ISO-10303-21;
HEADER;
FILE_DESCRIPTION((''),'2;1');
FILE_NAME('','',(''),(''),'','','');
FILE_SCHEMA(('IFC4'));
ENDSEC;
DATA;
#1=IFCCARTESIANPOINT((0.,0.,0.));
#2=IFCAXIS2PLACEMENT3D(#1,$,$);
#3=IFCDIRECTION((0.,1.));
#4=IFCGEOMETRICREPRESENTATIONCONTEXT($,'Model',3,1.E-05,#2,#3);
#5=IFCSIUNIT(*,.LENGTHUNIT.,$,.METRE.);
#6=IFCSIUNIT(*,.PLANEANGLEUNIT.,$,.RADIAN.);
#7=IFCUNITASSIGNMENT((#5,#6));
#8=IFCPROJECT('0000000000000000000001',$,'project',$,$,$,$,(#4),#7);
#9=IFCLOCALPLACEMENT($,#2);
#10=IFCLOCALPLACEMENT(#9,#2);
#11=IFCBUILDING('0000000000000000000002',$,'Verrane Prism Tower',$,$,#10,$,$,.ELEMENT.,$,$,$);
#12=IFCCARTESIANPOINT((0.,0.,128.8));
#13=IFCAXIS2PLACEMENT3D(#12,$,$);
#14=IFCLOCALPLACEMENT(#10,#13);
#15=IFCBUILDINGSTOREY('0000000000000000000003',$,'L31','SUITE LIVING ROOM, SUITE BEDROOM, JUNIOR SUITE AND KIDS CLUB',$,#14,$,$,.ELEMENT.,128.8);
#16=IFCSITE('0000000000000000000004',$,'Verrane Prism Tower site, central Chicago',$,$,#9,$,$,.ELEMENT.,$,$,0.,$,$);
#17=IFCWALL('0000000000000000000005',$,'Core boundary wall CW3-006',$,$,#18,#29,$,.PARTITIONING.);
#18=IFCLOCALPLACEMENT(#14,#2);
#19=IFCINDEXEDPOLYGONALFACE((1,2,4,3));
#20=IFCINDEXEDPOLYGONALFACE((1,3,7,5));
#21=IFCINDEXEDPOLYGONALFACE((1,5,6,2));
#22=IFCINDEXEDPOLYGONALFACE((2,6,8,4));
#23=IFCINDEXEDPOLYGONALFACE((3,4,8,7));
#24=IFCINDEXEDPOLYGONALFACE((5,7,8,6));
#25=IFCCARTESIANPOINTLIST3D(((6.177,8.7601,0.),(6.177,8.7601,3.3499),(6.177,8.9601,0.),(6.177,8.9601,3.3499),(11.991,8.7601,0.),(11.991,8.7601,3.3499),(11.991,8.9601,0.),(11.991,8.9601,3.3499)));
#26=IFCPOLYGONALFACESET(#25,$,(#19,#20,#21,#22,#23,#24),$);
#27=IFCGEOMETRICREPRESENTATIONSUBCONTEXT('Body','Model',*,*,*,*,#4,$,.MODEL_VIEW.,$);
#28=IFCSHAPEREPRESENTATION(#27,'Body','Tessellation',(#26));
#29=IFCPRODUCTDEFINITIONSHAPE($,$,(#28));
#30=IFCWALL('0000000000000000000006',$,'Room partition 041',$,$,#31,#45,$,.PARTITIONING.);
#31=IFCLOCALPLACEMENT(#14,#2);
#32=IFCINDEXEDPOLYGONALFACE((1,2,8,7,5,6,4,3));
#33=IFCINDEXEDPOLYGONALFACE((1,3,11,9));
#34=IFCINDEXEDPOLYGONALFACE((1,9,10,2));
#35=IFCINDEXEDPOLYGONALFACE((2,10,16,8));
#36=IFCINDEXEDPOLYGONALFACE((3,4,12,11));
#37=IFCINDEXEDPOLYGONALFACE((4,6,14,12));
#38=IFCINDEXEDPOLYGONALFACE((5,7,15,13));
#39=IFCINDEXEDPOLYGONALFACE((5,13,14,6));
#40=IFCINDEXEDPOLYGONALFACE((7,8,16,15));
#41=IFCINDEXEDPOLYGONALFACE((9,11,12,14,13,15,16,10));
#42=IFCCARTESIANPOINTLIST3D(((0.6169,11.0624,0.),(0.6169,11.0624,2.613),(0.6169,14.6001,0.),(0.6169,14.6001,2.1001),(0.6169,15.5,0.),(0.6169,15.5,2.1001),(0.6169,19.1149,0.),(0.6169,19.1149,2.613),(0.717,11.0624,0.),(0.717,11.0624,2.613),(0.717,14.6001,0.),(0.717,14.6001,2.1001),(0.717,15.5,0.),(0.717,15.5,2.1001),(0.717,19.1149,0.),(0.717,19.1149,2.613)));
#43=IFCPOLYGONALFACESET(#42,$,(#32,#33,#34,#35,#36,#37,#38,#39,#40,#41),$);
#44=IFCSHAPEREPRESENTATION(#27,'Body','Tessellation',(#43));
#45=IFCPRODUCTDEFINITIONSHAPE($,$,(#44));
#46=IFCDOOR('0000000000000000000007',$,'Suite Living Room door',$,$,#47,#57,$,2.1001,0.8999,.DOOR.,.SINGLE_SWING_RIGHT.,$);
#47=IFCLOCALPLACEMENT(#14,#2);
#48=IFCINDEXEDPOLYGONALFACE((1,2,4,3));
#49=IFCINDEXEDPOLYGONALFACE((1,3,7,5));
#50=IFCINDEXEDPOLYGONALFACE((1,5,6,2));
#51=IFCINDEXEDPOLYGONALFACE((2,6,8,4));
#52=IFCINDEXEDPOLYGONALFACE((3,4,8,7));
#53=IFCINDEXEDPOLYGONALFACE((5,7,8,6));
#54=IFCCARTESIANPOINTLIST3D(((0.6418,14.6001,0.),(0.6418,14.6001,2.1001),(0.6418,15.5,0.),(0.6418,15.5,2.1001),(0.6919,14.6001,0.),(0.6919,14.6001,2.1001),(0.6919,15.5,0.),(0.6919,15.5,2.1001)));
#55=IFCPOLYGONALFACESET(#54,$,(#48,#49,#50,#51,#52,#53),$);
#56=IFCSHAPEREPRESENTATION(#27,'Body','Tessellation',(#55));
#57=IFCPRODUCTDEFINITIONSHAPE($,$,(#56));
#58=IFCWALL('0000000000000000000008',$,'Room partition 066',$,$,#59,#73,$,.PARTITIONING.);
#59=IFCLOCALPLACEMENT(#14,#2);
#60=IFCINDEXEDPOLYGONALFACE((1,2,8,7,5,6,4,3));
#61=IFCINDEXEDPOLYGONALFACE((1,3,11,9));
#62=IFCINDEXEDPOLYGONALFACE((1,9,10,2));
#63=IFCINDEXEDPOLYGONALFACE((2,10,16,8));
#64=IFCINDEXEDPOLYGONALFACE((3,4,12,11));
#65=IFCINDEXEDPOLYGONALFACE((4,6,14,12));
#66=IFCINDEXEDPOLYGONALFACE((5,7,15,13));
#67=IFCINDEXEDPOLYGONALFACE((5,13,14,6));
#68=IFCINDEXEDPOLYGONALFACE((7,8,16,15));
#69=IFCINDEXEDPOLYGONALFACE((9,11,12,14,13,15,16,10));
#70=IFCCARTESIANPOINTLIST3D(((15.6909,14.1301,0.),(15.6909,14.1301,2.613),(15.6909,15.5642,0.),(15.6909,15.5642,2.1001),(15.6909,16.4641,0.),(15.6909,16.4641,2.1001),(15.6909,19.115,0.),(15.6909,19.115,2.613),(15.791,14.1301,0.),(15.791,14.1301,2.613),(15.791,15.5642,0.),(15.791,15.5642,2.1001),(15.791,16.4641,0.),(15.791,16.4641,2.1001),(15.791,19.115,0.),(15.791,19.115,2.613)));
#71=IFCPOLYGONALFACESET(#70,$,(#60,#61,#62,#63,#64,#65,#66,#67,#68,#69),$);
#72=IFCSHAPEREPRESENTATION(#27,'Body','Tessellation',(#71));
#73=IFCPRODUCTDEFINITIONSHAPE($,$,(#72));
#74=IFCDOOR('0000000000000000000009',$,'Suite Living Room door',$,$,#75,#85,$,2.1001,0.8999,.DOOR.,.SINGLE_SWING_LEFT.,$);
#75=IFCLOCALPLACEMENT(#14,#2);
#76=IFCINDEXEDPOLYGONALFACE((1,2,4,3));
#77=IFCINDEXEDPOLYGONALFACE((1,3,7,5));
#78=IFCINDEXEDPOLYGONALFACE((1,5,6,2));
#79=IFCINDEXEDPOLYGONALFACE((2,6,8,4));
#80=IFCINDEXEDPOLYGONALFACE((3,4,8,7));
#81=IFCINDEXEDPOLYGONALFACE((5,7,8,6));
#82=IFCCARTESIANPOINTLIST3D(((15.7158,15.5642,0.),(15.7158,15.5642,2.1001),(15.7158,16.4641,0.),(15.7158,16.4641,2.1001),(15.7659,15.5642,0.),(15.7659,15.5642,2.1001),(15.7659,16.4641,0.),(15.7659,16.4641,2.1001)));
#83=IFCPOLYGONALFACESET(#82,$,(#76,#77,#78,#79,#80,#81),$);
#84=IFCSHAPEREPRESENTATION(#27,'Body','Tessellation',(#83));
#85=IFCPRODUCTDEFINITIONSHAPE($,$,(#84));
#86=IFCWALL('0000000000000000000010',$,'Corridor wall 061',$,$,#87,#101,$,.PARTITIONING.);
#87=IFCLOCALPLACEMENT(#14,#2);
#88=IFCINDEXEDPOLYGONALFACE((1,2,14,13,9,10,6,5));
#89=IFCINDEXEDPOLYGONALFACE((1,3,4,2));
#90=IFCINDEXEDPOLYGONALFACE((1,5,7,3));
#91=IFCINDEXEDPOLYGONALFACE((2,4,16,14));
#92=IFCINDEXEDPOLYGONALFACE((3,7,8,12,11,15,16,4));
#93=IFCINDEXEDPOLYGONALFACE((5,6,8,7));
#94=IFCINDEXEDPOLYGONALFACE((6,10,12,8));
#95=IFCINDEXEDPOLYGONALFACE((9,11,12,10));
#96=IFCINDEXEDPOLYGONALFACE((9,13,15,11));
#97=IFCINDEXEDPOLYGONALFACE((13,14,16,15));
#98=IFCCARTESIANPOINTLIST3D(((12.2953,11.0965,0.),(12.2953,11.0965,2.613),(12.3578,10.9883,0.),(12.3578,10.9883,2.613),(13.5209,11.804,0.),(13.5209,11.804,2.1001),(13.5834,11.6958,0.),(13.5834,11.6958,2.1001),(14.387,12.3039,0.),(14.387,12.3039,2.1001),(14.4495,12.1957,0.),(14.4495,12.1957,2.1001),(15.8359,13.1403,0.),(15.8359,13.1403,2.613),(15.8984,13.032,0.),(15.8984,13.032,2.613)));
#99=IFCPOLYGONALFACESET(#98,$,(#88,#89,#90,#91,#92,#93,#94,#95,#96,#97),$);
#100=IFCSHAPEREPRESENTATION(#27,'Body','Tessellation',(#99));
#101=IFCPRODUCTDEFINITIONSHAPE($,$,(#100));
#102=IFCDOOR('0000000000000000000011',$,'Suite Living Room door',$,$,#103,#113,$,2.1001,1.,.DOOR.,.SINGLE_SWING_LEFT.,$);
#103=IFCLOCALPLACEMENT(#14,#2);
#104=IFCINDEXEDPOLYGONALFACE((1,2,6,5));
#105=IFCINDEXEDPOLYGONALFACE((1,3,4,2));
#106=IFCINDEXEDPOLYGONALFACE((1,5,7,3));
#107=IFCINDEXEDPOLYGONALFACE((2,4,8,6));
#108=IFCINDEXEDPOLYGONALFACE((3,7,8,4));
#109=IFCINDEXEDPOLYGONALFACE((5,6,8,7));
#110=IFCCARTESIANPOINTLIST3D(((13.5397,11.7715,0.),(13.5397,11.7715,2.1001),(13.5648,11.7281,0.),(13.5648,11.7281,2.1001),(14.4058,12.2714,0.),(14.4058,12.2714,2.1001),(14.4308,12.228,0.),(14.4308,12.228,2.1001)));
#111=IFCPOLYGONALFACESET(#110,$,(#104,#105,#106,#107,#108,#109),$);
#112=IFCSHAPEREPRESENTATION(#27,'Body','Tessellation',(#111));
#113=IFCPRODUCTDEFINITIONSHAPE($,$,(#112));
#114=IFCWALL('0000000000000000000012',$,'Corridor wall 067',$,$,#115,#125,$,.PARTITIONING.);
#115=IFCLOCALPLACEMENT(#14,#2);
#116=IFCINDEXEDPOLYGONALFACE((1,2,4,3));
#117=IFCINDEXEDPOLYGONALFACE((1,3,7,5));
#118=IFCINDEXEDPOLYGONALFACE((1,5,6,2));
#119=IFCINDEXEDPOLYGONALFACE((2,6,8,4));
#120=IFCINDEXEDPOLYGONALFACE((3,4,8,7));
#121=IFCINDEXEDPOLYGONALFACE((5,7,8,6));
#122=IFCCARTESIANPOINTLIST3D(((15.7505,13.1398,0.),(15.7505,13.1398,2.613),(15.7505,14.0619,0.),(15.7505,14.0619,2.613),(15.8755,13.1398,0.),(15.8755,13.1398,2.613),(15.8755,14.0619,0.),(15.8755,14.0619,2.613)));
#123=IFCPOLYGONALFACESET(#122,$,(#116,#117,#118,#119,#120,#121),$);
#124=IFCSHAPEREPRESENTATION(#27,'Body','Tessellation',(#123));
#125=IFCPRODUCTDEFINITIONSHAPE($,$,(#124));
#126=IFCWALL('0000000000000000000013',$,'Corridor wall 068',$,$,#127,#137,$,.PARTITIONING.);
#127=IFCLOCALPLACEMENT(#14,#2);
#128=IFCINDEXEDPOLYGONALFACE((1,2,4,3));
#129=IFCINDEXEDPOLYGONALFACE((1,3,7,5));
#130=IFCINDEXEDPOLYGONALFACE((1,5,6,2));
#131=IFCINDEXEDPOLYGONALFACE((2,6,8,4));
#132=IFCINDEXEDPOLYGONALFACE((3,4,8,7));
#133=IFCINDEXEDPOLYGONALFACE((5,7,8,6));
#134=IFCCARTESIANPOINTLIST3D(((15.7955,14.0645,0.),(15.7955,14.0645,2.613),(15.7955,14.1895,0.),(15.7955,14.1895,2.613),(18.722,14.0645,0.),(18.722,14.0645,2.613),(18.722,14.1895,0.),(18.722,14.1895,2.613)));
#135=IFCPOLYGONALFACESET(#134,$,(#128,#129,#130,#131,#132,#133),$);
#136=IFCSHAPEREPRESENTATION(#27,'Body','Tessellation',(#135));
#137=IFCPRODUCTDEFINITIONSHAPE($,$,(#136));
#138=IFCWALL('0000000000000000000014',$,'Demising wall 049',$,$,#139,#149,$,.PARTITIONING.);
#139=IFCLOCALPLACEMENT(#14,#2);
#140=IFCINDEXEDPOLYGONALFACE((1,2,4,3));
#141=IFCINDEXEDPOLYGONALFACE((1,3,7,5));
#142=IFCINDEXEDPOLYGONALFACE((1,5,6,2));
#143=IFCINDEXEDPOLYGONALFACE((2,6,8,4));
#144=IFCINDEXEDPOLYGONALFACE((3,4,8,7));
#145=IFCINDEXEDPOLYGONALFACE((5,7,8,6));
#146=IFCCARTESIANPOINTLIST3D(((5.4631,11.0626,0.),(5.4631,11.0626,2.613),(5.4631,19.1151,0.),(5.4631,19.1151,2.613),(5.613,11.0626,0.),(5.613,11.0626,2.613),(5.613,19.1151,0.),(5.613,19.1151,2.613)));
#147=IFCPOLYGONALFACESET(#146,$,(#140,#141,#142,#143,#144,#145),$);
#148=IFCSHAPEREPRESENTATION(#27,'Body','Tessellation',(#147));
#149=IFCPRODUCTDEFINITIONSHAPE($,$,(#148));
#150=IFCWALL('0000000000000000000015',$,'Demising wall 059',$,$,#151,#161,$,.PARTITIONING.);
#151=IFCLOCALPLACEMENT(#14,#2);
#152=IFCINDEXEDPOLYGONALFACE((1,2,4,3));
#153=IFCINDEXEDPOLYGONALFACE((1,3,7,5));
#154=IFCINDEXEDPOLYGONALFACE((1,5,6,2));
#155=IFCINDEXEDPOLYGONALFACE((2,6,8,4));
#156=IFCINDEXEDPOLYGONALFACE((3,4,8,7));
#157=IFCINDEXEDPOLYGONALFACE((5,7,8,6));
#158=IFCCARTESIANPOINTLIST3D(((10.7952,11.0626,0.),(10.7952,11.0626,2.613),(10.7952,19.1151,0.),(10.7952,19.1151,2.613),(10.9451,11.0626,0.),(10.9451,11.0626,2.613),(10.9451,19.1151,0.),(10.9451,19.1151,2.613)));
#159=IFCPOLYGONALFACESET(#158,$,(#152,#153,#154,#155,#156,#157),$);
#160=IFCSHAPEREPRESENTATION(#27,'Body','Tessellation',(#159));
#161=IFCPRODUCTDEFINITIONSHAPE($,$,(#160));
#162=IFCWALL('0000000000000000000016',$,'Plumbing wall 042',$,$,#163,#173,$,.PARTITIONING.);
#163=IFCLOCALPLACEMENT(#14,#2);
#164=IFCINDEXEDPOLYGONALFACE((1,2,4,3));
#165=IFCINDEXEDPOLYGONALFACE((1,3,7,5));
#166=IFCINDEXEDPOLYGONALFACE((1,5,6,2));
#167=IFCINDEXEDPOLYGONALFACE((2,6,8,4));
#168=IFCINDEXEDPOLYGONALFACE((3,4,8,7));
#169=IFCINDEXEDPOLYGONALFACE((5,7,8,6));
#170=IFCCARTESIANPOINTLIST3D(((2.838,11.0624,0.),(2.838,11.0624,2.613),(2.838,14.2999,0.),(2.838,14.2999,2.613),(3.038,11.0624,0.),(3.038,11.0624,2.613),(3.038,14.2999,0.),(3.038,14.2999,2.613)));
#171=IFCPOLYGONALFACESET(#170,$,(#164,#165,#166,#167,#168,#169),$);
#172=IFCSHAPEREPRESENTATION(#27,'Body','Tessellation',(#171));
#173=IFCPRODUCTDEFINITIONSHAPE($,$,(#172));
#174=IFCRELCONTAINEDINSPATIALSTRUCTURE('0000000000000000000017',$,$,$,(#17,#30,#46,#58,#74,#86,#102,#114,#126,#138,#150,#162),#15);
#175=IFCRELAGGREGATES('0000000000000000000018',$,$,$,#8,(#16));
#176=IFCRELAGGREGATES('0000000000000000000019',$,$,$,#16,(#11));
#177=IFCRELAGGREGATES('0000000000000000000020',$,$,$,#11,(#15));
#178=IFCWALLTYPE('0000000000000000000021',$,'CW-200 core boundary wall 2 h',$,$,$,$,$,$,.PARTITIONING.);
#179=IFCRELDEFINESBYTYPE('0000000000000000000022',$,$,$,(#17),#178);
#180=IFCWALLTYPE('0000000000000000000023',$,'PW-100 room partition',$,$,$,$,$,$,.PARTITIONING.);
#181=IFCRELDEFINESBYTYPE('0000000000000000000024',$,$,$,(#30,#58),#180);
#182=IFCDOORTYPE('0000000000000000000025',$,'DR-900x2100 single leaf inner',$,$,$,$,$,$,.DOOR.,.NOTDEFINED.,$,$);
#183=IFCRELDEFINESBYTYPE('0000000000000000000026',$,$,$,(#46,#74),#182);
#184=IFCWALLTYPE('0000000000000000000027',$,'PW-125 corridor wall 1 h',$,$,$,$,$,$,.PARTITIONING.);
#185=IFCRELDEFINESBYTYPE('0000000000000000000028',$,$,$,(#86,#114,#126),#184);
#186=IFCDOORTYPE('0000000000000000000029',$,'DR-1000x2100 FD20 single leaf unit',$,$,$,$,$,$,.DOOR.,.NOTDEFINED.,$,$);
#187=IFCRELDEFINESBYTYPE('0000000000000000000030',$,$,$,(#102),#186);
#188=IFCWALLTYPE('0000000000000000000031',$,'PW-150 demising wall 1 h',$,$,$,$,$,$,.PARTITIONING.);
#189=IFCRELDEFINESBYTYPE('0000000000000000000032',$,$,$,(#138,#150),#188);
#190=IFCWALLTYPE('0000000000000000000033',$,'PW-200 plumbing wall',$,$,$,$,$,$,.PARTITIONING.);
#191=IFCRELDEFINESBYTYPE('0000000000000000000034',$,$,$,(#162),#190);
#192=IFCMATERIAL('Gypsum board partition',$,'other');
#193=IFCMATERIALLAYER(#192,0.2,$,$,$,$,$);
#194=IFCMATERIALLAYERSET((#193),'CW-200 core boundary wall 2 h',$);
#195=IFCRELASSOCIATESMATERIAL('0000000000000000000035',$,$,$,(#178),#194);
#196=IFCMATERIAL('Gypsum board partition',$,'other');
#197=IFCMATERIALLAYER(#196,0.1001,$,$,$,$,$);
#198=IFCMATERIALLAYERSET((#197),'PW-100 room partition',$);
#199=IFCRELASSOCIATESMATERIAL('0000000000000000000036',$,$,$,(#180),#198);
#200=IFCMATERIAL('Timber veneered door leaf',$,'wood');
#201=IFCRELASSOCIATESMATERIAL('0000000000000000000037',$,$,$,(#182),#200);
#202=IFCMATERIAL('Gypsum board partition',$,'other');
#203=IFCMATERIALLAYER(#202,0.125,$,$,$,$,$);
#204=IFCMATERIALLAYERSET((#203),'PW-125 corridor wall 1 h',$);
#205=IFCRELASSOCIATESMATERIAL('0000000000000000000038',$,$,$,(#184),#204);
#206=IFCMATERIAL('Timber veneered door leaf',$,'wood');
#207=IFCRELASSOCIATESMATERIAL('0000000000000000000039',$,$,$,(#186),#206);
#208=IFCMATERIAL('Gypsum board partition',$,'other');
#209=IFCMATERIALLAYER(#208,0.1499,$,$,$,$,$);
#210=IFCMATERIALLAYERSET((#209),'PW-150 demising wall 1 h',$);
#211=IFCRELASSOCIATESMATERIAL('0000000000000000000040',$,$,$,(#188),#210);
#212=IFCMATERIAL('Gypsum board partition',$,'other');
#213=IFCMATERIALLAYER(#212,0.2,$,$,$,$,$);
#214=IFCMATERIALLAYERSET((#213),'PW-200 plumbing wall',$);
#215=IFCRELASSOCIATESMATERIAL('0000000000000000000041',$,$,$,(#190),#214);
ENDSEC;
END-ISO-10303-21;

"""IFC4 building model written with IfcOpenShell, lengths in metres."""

from ifc_helpers import new_model, si_unit, direction, frame, frame_2d, origin, place, context, subcontext, project, spatial, rectangle, extrude, material, layer, layer_set, type_object, element, fill, save


model = new_model("IFC4")

# Units and contexts
model_context = context("Model", 3, precision=1e-05, world=origin(), true_north=direction((0.0, 1.0)))
body_context = subcontext(model_context, "Body", "Model", "MODEL_VIEW")
ifc_project = project(units=[si_unit("LENGTHUNIT", "METRE"), si_unit("PLANEANGLEUNIT", "RADIAN")], contexts=[model_context])

# Site, building, storey
site_placement = place(None, origin())
site = spatial("IfcSite", under=ifc_project, at=site_placement, Name="Verrane Prism Tower site, central Chicago", CompositionType="ELEMENT", RefElevation=0.0)
building_placement = place(site_placement, origin())
building = spatial("IfcBuilding", under=site, at=building_placement, Name="Verrane Prism Tower", CompositionType="ELEMENT")
storey_placement = place(building_placement, frame((0.0, 0.0, 128.8)))
storey = spatial("IfcBuildingStorey", under=building, at=storey_placement, Name="L31", Description="SUITE LIVING ROOM, SUITE BEDROOM, JUNIOR SUITE AND KIDS CLUB", CompositionType="ELEMENT", Elevation=128.8)

# Wall
ifc_material_1 = material(Name="Gypsum board partition", Category="other")
ifc_layer_1 = layer(ifc_material_1, 0.2)
ifc_layer_set_1 = layer_set([ifc_layer_1], Name="CW-200 core boundary wall 2 h")
wall_type_1 = type_object("IfcWallType", Name="CW-200 core boundary wall 2 h", PredefinedType="PARTITIONING", material=ifc_layer_set_1)
wall_1_placement = place(storey_placement, frame((6.177, 8.8601, 0.0), z_axis=(0.0, 0.0, 1.0), x_axis=(1.0, 0.0, 0.0)))
element("IfcWall", 1, at=wall_1_placement, inside=storey, type_object=wall_type_1, Name="Core boundary wall CW3-006", PredefinedType="PARTITIONING", context=body_context, shape_type="SweptSolid", body=[
    extrude(rectangle(XDim=5.814, YDim=0.2, at=frame_2d((2.907, 0.0))), origin(), (0.0, 0.0, 1.0), 3.3499),
])

# Walls, openings, doors
ifc_material_2 = material(Name="Gypsum board partition", Category="other")
ifc_layer_2 = layer(ifc_material_2, 0.1001)
ifc_layer_set_2 = layer_set([ifc_layer_2], Name="PW-100 room partition")
wall_type_2 = type_object("IfcWallType", Name="PW-100 room partition", PredefinedType="PARTITIONING", material=ifc_layer_set_2)
wall_2_placement = place(storey_placement, frame((0.667, 19.115, 0.0), z_axis=(0.0, 0.0, 1.0), x_axis=(0.0, -1.0, 0.0)))
wall_2 = element("IfcWall", 2, at=wall_2_placement, inside=storey, type_object=wall_type_2, Name="Room partition 041", PredefinedType="PARTITIONING", context=body_context, shape_type="SweptSolid", body=[
    extrude(rectangle(XDim=8.0525, YDim=0.1001, at=frame_2d((4.0264, 0.0))), origin(), (0.0, 0.0, 1.0), 2.613),
])
opening_1_placement = place(wall_2_placement, frame((3.615, 0.0, 0.0)))
opening_1 = element("IfcOpeningElement", 3, at=opening_1_placement, cuts=wall_2, PredefinedType="OPENING", context=body_context, shape_type="SweptSolid", body=[
    extrude(rectangle(XDim=0.8999, YDim=2.1001, at=frame_2d((0.45, 1.05))), frame((0.0, 0.0601, 0.0), z_axis=(0.0, -1.0, 0.0), x_axis=(1.0, 0.0, 0.0)), (0.0, 0.0, 1.0), 0.1201),
])
ifc_material_3 = material(Name="Timber veneered door leaf", Category="wood")
door_type_1 = type_object("IfcDoorType", Name="DR-900x2100 single leaf inner", OperationType="NOTDEFINED", PredefinedType="DOOR", material=ifc_material_3)
door_1_placement = place(opening_1_placement, origin())
door_1 = element("IfcDoor", 4, at=door_1_placement, inside=storey, type_object=door_type_1, Name="Suite Living Room door", OperationType="SINGLE_SWING_RIGHT", OverallHeight=2.1001, OverallWidth=0.8999, PredefinedType="DOOR", context=body_context, shape_type="SweptSolid", body=[
    extrude(rectangle(XDim=0.8999, YDim=2.1001, at=frame_2d((0.45, 1.05))), frame((0.0, 0.0249, 0.0), z_axis=(0.0, -1.0, 0.0), x_axis=(1.0, 0.0, 0.0)), (0.0, 0.0, 1.0), 0.05),
])
fill(opening_1, door_1)
wall_3_placement = place(storey_placement, frame((15.741, 19.115, 0.0), z_axis=(0.0, 0.0, 1.0), x_axis=(0.0, -1.0, 0.0)))
wall_3 = element("IfcWall", 5, at=wall_3_placement, inside=storey, type_object=wall_type_2, Name="Room partition 066", PredefinedType="PARTITIONING", context=body_context, shape_type="SweptSolid", body=[
    extrude(rectangle(XDim=4.9849, YDim=0.1001, at=frame_2d((2.4924, 0.0))), origin(), (0.0, 0.0, 1.0), 2.613),
])
opening_2_placement = place(wall_3_placement, frame((2.6509, 0.0, 0.0)))
opening_2 = element("IfcOpeningElement", 6, at=opening_2_placement, cuts=wall_3, PredefinedType="OPENING", context=body_context, shape_type="SweptSolid", body=[
    extrude(rectangle(XDim=0.8999, YDim=2.1001, at=frame_2d((0.45, 1.05))), frame((0.0, 0.0601, 0.0), z_axis=(0.0, -1.0, 0.0), x_axis=(1.0, 0.0, 0.0)), (0.0, 0.0, 1.0), 0.1201),
])
door_2_placement = place(opening_2_placement, origin())
door_2 = element("IfcDoor", 7, at=door_2_placement, inside=storey, type_object=door_type_1, Name="Suite Living Room door", OperationType="SINGLE_SWING_LEFT", OverallHeight=2.1001, OverallWidth=0.8999, PredefinedType="DOOR", context=body_context, shape_type="SweptSolid", body=[
    extrude(rectangle(XDim=0.8999, YDim=2.1001, at=frame_2d((0.45, 1.05))), frame((0.0, 0.0249, 0.0), z_axis=(0.0, -1.0, 0.0), x_axis=(1.0, 0.0, 0.0)), (0.0, 0.0, 1.0), 0.05),
])
fill(opening_2, door_2)
ifc_material_4 = material(Name="Gypsum board partition", Category="other")
ifc_layer_3 = layer(ifc_material_4, 0.125)
ifc_layer_set_3 = layer_set([ifc_layer_3], Name="PW-125 corridor wall 1 h")
wall_type_3 = type_object("IfcWallType", Name="PW-125 corridor wall 1 h", PredefinedType="PARTITIONING", material=ifc_layer_set_3)
wall_4_placement = place(storey_placement, frame((12.3267, 11.0425, 0.0), z_axis=(0.0, 0.0, 1.0), x_axis=(0.86607, 0.499922, 0.0)))
wall_4 = element("IfcWall", 8, at=wall_4_placement, inside=storey, type_object=wall_type_3, Name="Corridor wall 061", PredefinedType="PARTITIONING", context=body_context, shape_type="SweptSolid", body=[
    extrude(rectangle(XDim=4.0881, YDim=0.125, at=frame_2d((2.0439, 0.0))), origin(), (0.0, 0.0, 1.0), 2.613),
])
opening_3_placement = place(wall_4_placement, frame((1.415, 0.0, 0.0)))
opening_3 = element("IfcOpeningElement", 9, at=opening_3_placement, cuts=wall_4, PredefinedType="OPENING", context=body_context, shape_type="SweptSolid", body=[
    extrude(rectangle(XDim=1.0, YDim=2.1001, at=frame_2d((0.5, 1.05))), frame((0.0, 0.0725, 0.0), z_axis=(0.0, -1.0, 0.0), x_axis=(1.0, 0.0, 0.0)), (0.0, 0.0, 1.0), 0.145),
])
ifc_material_5 = material(Name="Timber veneered door leaf", Category="wood")
door_type_2 = type_object("IfcDoorType", Name="DR-1000x2100 FD20 single leaf unit", OperationType="NOTDEFINED", PredefinedType="DOOR", material=ifc_material_5)
door_3_placement = place(opening_3_placement, origin())
door_3 = element("IfcDoor", 10, at=door_3_placement, inside=storey, type_object=door_type_2, Name="Suite Living Room door", OperationType="SINGLE_SWING_LEFT", OverallHeight=2.1001, OverallWidth=1.0, PredefinedType="DOOR", context=body_context, shape_type="SweptSolid", body=[
    extrude(rectangle(XDim=1.0, YDim=2.1001, at=frame_2d((0.5, 1.05))), frame((0.0, 0.0249, 0.0), z_axis=(0.0, -1.0, 0.0), x_axis=(1.0, 0.0, 0.0)), (0.0, 0.0, 1.0), 0.05),
])
fill(opening_3, door_3)

# Walls
wall_5_placement = place(storey_placement, frame((15.813, 13.1399, 0.0), z_axis=(0.0, 0.0, 1.0), x_axis=(0.0, 1.0, 0.0)))
element("IfcWall", 11, at=wall_5_placement, inside=storey, type_object=wall_type_3, Name="Corridor wall 067", PredefinedType="PARTITIONING", context=body_context, shape_type="SweptSolid", body=[
    extrude(rectangle(XDim=0.9221, YDim=0.125, at=frame_2d((0.4609, 0.0))), origin(), (0.0, 0.0, 1.0), 2.613),
])
wall_6_placement = place(storey_placement, frame((15.7954, 14.127, 0.0), z_axis=(0.0, 0.0, 1.0), x_axis=(1.0, 0.0, 0.0)))
element("IfcWall", 12, at=wall_6_placement, inside=storey, type_object=wall_type_3, Name="Corridor wall 068", PredefinedType="PARTITIONING", context=body_context, shape_type="SweptSolid", body=[
    extrude(rectangle(XDim=2.9265, YDim=0.125, at=frame_2d((1.4634, 0.0))), origin(), (0.0, 0.0, 1.0), 2.613),
])
ifc_material_6 = material(Name="Gypsum board partition", Category="other")
ifc_layer_4 = layer(ifc_material_6, 0.1499)
ifc_layer_set_4 = layer_set([ifc_layer_4], Name="PW-150 demising wall 1 h")
wall_type_4 = type_object("IfcWallType", Name="PW-150 demising wall 1 h", PredefinedType="PARTITIONING", material=ifc_layer_set_4)
for number, where, z_axis, x_axis, name in (
    (13, (5.5381, 11.0625, 0.0), (0.0, 0.0, 1.0), (0.0, 1.0, 0.0), "Demising wall 049"),
    (14, (10.8701, 11.0625, 0.0), (0.0, 0.0, 1.0), (0.0, 1.0, 0.0), "Demising wall 059"),
):
    element("IfcWall", number, at=place(storey_placement, frame(where, z_axis=z_axis, x_axis=x_axis)), inside=storey, type_object=wall_type_4, Name=name, PredefinedType="PARTITIONING", context=body_context, shape_type="SweptSolid", body=[
        extrude(rectangle(XDim=8.0525, YDim=0.1499, at=frame_2d((4.0264, 0.0))), origin(), (0.0, 0.0, 1.0), 2.613),
    ])
ifc_material_7 = material(Name="Gypsum board partition", Category="other")
ifc_layer_5 = layer(ifc_material_7, 0.2)
ifc_layer_set_5 = layer_set([ifc_layer_5], Name="PW-200 plumbing wall")
wall_type_5 = type_object("IfcWallType", Name="PW-200 plumbing wall", PredefinedType="PARTITIONING", material=ifc_layer_set_5)
wall_7_placement = place(storey_placement, frame((2.938, 11.0625, 0.0), z_axis=(0.0, 0.0, 1.0), x_axis=(0.0, 1.0, 0.0)))
element("IfcWall", 15, at=wall_7_placement, inside=storey, type_object=wall_type_5, Name="Plumbing wall 042", PredefinedType="PARTITIONING", context=body_context, shape_type="SweptSolid", body=[
    extrude(rectangle(XDim=3.2375, YDim=0.2, at=frame_2d((1.6187, 0.0))), origin(), (0.0, 0.0, 1.0), 2.613),
])

save(model, "model.ifc")
